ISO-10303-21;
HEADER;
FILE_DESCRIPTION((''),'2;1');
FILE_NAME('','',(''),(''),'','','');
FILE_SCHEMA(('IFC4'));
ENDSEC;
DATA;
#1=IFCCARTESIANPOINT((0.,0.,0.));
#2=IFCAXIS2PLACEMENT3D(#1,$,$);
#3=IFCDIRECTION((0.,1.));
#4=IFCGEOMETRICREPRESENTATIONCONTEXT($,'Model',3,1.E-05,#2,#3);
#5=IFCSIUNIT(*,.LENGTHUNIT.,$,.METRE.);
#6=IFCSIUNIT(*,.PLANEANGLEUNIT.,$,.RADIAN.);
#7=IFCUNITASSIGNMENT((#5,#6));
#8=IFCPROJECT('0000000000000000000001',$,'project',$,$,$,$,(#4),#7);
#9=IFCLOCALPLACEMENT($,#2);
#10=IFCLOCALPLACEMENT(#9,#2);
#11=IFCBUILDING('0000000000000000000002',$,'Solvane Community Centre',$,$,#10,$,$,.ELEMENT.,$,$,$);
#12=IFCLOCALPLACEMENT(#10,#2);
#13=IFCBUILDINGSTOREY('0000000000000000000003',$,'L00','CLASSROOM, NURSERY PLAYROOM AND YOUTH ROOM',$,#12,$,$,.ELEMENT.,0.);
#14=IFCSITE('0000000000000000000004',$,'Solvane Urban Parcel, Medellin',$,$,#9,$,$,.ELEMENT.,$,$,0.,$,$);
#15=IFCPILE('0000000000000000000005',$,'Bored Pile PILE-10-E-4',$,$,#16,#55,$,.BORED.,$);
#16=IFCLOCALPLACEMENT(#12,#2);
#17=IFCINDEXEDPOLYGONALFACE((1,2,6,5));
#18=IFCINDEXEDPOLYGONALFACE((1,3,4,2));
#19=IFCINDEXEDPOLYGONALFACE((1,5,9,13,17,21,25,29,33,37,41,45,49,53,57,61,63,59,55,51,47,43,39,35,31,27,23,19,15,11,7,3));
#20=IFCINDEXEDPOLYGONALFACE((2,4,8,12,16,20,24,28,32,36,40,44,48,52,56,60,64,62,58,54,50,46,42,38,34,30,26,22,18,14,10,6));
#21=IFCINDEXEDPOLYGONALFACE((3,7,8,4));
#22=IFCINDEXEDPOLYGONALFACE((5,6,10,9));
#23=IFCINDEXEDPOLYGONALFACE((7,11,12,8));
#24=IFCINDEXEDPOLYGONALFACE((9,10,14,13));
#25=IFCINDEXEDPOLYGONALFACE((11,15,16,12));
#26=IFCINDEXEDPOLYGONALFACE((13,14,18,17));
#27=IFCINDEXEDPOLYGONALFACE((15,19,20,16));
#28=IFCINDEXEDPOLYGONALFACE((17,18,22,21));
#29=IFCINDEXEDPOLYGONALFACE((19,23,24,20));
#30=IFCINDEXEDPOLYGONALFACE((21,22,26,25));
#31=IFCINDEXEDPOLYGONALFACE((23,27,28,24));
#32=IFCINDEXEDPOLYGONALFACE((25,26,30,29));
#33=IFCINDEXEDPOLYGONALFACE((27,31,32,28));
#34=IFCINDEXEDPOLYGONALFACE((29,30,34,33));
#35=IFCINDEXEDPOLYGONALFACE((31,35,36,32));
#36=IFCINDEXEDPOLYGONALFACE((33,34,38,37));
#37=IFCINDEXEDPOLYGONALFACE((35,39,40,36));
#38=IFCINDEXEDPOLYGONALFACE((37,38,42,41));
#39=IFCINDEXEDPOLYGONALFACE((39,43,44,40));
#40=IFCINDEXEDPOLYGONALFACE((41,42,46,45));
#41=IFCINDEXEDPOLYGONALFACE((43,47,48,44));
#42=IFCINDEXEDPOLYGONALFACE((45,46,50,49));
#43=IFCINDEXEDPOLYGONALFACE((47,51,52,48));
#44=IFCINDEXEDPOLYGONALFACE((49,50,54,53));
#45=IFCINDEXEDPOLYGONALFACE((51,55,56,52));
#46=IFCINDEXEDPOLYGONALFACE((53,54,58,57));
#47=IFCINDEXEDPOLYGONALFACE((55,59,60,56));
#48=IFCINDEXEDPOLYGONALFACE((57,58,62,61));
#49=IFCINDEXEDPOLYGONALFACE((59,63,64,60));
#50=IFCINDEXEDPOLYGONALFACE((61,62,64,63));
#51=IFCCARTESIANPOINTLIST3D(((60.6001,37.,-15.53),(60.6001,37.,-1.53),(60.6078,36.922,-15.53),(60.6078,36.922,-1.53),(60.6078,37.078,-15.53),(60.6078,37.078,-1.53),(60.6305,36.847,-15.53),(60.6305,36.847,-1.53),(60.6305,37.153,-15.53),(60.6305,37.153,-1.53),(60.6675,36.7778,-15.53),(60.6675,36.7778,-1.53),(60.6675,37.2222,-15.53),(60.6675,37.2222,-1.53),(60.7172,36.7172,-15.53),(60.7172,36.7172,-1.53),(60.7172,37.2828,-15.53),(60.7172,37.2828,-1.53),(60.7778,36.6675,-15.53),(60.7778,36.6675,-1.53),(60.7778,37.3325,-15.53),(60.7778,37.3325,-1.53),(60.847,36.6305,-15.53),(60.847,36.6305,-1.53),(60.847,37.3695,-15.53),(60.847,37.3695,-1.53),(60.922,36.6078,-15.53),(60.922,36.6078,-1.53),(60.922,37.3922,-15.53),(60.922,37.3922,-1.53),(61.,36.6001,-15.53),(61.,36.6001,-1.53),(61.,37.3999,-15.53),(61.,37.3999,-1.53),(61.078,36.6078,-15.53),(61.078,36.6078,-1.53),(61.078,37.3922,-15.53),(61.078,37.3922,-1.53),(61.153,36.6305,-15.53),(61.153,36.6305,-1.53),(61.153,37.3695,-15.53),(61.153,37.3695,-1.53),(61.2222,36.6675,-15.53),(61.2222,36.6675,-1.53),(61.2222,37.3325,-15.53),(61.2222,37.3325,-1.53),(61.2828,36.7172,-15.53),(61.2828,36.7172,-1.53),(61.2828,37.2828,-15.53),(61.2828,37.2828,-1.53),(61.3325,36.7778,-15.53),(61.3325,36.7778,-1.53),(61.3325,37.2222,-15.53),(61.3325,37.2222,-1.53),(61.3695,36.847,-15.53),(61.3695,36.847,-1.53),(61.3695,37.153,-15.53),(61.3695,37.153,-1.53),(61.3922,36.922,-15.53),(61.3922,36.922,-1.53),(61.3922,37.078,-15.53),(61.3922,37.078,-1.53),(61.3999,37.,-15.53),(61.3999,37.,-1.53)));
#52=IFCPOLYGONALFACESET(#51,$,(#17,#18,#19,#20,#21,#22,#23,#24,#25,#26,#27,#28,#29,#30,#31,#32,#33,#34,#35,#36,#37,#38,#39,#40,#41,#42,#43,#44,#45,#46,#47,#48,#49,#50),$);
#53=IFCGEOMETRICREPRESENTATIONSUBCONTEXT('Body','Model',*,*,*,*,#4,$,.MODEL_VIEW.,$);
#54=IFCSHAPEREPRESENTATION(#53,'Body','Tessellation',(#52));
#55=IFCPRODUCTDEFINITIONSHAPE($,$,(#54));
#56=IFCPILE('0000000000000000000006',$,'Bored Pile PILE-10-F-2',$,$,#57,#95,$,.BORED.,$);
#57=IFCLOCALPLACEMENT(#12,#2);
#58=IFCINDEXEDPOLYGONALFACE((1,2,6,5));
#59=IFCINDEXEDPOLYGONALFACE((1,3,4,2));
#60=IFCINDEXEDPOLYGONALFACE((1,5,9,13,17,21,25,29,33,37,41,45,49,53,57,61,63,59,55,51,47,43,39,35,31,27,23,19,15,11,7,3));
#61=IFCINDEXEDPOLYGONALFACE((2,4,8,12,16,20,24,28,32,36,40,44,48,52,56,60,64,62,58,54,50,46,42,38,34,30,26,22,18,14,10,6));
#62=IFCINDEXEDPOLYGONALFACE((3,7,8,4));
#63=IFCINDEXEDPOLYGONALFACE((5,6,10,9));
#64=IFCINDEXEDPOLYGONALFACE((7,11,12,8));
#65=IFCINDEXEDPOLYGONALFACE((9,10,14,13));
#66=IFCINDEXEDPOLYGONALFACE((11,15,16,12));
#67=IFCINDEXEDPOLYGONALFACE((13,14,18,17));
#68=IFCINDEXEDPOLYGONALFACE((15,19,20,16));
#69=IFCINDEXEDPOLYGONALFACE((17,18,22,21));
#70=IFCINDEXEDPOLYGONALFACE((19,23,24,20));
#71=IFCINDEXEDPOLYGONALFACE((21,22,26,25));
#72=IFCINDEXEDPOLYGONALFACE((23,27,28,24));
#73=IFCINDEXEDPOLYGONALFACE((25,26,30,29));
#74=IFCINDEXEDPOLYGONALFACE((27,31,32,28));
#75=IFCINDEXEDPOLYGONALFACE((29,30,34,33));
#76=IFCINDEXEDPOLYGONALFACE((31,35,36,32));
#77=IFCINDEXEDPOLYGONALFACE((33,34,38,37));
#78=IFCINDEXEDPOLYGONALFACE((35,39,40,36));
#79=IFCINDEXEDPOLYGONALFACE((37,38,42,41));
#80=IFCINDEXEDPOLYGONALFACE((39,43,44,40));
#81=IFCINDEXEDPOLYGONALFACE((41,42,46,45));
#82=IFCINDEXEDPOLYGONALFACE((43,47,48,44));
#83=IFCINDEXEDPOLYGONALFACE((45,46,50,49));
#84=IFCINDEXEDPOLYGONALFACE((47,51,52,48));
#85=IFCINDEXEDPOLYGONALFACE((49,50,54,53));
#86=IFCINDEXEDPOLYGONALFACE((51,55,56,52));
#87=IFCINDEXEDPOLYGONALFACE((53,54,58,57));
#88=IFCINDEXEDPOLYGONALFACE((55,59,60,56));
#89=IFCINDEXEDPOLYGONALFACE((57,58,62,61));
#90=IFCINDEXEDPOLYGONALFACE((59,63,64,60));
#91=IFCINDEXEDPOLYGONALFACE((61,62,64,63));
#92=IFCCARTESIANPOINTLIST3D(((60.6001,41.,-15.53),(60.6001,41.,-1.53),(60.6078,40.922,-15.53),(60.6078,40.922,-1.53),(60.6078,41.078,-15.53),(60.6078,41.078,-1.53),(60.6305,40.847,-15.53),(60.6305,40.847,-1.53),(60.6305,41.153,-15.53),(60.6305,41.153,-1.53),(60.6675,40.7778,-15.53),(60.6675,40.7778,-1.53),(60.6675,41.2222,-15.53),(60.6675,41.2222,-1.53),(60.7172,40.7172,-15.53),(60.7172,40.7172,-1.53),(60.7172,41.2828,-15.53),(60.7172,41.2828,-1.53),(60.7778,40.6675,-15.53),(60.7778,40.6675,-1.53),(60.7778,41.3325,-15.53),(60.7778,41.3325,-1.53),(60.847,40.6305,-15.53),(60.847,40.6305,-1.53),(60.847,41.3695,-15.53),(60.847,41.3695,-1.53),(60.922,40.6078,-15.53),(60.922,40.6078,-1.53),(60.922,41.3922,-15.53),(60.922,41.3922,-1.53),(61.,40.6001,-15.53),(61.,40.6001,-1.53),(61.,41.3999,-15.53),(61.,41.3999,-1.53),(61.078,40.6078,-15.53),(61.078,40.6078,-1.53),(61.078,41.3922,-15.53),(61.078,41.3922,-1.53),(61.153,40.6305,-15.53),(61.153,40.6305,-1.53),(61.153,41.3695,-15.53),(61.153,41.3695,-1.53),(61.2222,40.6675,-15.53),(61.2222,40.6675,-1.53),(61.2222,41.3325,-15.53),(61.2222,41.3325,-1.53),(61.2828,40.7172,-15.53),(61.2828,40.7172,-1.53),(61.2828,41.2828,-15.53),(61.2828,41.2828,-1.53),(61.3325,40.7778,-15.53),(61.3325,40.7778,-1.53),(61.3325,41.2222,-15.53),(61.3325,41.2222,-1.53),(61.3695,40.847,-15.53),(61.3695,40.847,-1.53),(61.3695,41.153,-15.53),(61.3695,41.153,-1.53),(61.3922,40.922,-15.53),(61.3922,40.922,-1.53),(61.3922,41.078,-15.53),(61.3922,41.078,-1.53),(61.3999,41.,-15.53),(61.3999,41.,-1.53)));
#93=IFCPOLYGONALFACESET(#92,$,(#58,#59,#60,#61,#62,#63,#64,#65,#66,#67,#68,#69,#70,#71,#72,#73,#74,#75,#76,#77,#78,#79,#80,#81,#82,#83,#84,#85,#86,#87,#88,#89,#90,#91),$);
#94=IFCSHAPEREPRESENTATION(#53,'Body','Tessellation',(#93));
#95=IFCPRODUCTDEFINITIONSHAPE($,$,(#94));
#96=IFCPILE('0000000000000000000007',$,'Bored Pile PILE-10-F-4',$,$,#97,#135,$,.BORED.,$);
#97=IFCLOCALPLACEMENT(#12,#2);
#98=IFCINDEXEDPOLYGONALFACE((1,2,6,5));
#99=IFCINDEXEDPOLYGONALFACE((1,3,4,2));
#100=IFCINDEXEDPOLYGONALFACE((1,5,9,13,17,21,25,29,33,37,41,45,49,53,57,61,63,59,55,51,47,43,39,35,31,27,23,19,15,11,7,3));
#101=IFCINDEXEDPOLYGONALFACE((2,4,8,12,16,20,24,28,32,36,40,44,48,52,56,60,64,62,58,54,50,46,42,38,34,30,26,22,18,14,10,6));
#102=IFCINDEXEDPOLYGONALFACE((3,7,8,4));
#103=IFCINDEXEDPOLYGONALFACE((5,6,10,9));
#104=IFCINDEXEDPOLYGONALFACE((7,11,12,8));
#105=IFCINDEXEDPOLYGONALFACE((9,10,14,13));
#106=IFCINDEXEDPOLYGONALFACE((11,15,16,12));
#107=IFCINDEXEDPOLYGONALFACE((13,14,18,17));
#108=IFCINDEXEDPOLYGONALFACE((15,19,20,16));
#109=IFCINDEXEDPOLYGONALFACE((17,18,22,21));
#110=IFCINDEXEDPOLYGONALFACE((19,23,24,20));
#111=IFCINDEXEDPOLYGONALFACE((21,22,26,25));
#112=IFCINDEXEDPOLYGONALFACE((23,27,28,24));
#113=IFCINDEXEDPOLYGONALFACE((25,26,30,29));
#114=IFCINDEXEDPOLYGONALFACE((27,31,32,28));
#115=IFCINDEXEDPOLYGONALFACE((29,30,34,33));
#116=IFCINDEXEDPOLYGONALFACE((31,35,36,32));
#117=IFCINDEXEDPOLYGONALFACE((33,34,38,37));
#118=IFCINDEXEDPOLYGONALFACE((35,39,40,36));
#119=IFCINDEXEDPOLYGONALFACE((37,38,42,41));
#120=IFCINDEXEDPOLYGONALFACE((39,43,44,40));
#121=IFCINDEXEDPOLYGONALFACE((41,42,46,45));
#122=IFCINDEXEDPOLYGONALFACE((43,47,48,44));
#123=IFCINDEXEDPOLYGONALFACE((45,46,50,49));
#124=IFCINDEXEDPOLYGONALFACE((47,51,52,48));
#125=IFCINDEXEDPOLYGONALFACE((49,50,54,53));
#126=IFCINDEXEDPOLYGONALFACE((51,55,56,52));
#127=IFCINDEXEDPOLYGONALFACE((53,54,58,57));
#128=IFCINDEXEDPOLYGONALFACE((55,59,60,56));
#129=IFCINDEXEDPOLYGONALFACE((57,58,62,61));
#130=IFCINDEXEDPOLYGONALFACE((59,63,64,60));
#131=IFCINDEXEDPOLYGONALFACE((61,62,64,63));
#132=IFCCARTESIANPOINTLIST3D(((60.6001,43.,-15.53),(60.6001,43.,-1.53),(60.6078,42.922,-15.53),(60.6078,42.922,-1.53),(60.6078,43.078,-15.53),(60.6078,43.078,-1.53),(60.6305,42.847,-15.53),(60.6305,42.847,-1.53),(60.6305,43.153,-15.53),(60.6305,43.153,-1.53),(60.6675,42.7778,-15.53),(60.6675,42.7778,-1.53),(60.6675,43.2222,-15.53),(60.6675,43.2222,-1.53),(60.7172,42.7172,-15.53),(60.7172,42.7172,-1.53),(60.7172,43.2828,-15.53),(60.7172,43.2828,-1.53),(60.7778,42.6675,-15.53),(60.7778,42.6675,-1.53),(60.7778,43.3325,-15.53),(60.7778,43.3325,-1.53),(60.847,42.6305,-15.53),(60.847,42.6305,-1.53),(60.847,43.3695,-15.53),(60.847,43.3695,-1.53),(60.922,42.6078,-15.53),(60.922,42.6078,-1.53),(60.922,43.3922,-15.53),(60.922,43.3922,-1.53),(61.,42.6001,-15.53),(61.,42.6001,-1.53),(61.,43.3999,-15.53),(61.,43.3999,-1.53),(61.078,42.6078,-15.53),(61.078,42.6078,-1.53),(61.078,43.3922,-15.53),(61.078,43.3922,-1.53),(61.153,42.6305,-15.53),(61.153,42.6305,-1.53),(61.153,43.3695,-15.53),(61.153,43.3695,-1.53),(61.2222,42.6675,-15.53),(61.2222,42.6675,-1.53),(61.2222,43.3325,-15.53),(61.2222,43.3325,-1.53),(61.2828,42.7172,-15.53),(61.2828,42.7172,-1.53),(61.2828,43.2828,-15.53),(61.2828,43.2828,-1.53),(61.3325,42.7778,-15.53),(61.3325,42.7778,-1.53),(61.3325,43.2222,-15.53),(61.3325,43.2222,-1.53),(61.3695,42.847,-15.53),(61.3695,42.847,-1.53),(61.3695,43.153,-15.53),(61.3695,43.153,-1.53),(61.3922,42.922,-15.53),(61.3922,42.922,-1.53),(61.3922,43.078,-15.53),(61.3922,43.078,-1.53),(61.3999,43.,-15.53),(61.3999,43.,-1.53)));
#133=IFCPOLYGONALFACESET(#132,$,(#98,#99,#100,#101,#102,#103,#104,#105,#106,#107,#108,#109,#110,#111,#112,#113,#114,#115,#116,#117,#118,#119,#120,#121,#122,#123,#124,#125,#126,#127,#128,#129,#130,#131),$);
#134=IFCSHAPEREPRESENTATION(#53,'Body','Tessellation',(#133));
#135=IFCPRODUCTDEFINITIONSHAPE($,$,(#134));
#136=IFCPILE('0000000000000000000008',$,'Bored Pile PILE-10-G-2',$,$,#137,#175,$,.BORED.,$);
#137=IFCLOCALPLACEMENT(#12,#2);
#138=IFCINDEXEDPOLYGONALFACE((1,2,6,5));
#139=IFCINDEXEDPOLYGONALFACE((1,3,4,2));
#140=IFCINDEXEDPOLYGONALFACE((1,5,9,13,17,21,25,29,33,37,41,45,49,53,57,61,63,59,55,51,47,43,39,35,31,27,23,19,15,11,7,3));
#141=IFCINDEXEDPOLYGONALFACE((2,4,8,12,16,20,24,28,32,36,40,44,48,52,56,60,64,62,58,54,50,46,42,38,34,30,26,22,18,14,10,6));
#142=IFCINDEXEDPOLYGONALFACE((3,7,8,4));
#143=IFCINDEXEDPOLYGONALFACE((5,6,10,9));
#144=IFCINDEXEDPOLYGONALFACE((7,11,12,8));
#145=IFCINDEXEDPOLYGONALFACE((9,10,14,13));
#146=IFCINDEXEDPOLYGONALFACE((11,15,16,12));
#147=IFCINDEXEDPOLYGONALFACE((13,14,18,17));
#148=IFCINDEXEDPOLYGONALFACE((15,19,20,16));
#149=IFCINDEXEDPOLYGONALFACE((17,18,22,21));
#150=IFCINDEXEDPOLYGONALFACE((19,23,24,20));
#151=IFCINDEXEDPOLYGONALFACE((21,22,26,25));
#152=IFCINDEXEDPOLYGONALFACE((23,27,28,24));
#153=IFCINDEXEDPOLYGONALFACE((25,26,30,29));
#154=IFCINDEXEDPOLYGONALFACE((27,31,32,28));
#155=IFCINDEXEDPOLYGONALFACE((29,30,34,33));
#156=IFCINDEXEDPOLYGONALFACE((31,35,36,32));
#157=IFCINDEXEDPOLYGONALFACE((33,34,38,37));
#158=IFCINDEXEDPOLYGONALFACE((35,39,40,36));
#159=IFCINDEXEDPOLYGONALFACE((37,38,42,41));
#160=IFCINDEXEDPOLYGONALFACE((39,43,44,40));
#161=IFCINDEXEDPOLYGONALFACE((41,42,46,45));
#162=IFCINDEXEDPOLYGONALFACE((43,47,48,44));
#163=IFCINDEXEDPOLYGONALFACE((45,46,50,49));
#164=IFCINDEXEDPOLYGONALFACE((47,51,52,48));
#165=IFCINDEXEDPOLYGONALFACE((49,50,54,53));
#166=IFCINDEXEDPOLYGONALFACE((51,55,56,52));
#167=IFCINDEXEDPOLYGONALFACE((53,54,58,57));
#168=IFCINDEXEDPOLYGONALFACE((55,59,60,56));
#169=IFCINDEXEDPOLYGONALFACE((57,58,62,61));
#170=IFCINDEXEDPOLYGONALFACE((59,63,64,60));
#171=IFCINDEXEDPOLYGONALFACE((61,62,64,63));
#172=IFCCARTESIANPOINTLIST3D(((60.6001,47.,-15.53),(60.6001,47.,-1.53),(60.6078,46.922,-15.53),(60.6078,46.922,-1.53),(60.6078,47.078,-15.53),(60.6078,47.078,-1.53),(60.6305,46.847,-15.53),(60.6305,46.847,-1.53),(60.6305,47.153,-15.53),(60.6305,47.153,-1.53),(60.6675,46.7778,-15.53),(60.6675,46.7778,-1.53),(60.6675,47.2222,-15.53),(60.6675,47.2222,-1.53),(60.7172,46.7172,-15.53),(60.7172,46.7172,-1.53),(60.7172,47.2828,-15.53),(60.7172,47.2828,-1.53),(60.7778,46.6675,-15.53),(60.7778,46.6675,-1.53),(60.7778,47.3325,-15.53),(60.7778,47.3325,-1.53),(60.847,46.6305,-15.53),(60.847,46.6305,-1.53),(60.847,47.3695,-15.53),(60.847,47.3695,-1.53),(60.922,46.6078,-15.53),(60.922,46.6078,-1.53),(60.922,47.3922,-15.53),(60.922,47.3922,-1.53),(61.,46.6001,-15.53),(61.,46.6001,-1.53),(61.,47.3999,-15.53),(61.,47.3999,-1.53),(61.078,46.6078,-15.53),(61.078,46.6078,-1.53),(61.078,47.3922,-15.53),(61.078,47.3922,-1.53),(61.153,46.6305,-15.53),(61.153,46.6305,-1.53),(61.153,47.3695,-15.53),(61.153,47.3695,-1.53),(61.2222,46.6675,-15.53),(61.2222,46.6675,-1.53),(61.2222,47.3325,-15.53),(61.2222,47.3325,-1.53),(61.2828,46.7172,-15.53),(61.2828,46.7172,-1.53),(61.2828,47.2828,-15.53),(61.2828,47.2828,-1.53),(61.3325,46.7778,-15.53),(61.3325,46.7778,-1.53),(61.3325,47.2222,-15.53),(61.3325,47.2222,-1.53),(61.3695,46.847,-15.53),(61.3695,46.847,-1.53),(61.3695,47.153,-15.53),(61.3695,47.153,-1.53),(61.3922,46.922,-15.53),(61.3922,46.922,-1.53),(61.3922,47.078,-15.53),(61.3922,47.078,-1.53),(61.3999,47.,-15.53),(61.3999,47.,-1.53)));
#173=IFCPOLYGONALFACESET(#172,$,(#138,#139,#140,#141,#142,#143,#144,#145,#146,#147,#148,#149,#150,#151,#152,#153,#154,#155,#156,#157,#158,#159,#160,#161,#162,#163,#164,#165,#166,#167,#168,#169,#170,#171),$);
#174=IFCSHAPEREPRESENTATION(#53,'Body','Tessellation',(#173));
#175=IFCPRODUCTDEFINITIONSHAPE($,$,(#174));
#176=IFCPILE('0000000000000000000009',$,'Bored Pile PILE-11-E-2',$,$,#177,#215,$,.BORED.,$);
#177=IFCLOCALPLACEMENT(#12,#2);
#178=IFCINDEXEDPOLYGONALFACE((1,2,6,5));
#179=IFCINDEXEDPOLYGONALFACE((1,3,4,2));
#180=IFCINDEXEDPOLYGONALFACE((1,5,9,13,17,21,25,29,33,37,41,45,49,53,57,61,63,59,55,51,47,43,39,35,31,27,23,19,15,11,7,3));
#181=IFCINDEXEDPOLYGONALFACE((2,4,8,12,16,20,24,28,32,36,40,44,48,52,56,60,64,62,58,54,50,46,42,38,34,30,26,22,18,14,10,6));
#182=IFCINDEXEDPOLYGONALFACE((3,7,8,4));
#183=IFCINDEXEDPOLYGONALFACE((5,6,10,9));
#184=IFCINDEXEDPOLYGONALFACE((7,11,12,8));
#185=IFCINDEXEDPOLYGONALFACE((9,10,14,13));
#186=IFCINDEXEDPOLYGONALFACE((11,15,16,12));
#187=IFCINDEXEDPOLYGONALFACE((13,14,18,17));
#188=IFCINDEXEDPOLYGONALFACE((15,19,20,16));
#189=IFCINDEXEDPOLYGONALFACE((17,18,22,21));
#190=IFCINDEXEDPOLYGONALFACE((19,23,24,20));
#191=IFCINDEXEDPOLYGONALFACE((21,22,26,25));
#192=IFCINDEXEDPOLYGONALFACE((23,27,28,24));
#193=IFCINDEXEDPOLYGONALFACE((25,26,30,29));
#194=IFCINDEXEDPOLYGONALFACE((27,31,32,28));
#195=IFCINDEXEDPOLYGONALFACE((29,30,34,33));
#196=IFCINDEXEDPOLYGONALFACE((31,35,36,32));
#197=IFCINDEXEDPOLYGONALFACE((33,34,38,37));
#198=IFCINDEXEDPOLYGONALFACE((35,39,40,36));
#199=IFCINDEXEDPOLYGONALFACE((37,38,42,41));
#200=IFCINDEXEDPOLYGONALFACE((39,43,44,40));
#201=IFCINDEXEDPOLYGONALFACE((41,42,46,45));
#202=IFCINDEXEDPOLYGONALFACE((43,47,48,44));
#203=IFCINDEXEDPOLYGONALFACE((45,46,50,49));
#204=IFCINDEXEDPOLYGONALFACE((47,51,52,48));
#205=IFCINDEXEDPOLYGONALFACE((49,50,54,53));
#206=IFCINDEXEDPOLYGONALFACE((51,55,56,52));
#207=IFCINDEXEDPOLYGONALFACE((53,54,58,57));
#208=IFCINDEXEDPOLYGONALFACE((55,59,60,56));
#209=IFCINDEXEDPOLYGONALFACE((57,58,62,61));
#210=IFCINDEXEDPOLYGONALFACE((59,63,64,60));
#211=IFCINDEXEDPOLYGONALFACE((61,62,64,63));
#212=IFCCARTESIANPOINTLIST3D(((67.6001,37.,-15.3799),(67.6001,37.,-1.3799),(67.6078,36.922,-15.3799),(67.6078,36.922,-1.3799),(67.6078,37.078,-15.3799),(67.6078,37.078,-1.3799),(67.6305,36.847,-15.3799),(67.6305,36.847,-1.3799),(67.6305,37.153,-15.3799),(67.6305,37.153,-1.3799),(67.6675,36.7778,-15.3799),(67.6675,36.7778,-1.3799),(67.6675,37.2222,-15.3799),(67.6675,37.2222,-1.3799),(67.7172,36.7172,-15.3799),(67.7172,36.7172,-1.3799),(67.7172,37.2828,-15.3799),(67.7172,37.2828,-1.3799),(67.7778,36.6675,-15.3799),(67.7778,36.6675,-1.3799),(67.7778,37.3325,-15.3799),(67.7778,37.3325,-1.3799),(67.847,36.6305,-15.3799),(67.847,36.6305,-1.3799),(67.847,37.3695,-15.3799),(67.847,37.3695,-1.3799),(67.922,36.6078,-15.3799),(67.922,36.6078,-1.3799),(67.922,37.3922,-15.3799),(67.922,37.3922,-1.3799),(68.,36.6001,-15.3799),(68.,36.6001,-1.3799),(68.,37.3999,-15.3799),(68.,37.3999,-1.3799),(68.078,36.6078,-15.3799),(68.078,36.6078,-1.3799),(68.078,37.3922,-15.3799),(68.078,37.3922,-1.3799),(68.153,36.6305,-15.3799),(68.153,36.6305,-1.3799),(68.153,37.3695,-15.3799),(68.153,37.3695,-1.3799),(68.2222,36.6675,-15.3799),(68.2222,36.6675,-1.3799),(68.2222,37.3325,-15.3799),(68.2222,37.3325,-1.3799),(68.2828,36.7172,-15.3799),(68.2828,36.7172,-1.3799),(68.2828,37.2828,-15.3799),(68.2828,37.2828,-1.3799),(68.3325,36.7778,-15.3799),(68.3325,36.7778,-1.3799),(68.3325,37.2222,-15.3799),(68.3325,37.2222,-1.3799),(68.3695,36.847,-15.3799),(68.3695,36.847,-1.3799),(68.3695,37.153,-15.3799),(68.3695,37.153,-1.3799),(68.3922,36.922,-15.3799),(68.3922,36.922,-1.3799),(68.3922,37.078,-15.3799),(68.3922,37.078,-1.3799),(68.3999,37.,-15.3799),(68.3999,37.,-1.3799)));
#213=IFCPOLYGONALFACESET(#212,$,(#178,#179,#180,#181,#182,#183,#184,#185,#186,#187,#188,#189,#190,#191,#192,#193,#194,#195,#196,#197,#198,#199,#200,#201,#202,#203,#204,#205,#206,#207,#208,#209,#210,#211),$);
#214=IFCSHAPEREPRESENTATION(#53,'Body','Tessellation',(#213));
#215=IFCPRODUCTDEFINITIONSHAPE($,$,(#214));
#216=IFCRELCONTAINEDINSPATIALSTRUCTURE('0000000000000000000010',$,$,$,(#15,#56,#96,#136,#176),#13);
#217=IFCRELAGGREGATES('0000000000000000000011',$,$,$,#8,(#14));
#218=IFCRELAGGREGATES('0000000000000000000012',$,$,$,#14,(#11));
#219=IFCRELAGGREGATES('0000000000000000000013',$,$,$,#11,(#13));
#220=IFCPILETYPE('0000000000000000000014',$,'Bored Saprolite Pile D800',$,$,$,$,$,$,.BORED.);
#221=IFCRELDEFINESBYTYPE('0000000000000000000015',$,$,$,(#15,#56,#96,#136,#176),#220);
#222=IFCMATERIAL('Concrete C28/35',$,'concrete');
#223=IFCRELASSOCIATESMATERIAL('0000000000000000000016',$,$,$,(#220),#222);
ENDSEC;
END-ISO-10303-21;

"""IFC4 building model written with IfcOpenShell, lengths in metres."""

from ifc_helpers import new_model, si_unit, direction, frame, origin, origin_2d, place, context, subcontext, project, spatial, circle, extrude, material, material_profile, profile_set, type_object, element, save


model = new_model("IFC4")

# Units and contexts
model_context = context("Model", 3, precision=1e-05, world=origin(), true_north=direction((0.0, 1.0)))
body_context = subcontext(model_context, "Body", "Model", "MODEL_VIEW")
ifc_project = project(units=[si_unit("LENGTHUNIT", "METRE"), si_unit("PLANEANGLEUNIT", "RADIAN")], contexts=[model_context])

# Site, building, storey
site_placement = place(None, origin())
site = spatial("IfcSite", under=ifc_project, at=site_placement, Name="Solvane Urban Parcel, Medellin", CompositionType="ELEMENT", RefElevation=0.0)
building_placement = place(site_placement, origin())
building = spatial("IfcBuilding", under=site, at=building_placement, Name="Solvane Community Centre", CompositionType="ELEMENT")
storey_placement = place(building_placement, origin())
storey = spatial("IfcBuildingStorey", under=building, at=storey_placement, Name="L00", Description="CLASSROOM, NURSERY PLAYROOM AND YOUTH ROOM", CompositionType="ELEMENT", Elevation=0.0)

# Piles
ifc_material_1 = material(Name="Concrete C28/35", Category="concrete")
ifc_material_profile_1 = material_profile(ifc_material_1, circle(Radius=0.3999, at=origin_2d()), Name="PILE D800")
ifc_profile_set_1 = profile_set([ifc_material_profile_1], Name="Concrete C28/35")
pile_type = type_object("IfcPileType", Name="Bored Saprolite Pile D800", PredefinedType="BORED", material=ifc_profile_set_1)
for number, where, z_axis, x_axis, name in (
    (1, (61.0, 37.0, -1.53), (0.0, 0.0, -1.0), (1.0, 0.0, 0.0), "Bored Pile PILE-10-E-4"),
    (2, (61.0, 41.0, -1.53), (0.0, 0.0, -1.0), (1.0, 0.0, 0.0), "Bored Pile PILE-10-F-2"),
    (3, (61.0, 43.0, -1.53), (0.0, 0.0, -1.0), (1.0, 0.0, 0.0), "Bored Pile PILE-10-F-4"),
    (4, (61.0, 47.0, -1.53), (0.0, 0.0, -1.0), (1.0, 0.0, 0.0), "Bored Pile PILE-10-G-2"),
    (5, (68.0, 37.0, -1.3799), (0.0, 0.0, -1.0), (1.0, 0.0, 0.0), "Bored Pile PILE-11-E-2"),
):
    element("IfcPile", number, at=place(storey_placement, frame(where, z_axis=z_axis, x_axis=x_axis)), inside=storey, type_object=pile_type, Name=name, PredefinedType="BORED", context=body_context, shape_type="SweptSolid", body=[
        extrude(circle(Radius=0.3999, at=origin_2d()), origin(), (0.0, 0.0, 1.0), 14.0),
    ])

save(model, "model.ifc")
